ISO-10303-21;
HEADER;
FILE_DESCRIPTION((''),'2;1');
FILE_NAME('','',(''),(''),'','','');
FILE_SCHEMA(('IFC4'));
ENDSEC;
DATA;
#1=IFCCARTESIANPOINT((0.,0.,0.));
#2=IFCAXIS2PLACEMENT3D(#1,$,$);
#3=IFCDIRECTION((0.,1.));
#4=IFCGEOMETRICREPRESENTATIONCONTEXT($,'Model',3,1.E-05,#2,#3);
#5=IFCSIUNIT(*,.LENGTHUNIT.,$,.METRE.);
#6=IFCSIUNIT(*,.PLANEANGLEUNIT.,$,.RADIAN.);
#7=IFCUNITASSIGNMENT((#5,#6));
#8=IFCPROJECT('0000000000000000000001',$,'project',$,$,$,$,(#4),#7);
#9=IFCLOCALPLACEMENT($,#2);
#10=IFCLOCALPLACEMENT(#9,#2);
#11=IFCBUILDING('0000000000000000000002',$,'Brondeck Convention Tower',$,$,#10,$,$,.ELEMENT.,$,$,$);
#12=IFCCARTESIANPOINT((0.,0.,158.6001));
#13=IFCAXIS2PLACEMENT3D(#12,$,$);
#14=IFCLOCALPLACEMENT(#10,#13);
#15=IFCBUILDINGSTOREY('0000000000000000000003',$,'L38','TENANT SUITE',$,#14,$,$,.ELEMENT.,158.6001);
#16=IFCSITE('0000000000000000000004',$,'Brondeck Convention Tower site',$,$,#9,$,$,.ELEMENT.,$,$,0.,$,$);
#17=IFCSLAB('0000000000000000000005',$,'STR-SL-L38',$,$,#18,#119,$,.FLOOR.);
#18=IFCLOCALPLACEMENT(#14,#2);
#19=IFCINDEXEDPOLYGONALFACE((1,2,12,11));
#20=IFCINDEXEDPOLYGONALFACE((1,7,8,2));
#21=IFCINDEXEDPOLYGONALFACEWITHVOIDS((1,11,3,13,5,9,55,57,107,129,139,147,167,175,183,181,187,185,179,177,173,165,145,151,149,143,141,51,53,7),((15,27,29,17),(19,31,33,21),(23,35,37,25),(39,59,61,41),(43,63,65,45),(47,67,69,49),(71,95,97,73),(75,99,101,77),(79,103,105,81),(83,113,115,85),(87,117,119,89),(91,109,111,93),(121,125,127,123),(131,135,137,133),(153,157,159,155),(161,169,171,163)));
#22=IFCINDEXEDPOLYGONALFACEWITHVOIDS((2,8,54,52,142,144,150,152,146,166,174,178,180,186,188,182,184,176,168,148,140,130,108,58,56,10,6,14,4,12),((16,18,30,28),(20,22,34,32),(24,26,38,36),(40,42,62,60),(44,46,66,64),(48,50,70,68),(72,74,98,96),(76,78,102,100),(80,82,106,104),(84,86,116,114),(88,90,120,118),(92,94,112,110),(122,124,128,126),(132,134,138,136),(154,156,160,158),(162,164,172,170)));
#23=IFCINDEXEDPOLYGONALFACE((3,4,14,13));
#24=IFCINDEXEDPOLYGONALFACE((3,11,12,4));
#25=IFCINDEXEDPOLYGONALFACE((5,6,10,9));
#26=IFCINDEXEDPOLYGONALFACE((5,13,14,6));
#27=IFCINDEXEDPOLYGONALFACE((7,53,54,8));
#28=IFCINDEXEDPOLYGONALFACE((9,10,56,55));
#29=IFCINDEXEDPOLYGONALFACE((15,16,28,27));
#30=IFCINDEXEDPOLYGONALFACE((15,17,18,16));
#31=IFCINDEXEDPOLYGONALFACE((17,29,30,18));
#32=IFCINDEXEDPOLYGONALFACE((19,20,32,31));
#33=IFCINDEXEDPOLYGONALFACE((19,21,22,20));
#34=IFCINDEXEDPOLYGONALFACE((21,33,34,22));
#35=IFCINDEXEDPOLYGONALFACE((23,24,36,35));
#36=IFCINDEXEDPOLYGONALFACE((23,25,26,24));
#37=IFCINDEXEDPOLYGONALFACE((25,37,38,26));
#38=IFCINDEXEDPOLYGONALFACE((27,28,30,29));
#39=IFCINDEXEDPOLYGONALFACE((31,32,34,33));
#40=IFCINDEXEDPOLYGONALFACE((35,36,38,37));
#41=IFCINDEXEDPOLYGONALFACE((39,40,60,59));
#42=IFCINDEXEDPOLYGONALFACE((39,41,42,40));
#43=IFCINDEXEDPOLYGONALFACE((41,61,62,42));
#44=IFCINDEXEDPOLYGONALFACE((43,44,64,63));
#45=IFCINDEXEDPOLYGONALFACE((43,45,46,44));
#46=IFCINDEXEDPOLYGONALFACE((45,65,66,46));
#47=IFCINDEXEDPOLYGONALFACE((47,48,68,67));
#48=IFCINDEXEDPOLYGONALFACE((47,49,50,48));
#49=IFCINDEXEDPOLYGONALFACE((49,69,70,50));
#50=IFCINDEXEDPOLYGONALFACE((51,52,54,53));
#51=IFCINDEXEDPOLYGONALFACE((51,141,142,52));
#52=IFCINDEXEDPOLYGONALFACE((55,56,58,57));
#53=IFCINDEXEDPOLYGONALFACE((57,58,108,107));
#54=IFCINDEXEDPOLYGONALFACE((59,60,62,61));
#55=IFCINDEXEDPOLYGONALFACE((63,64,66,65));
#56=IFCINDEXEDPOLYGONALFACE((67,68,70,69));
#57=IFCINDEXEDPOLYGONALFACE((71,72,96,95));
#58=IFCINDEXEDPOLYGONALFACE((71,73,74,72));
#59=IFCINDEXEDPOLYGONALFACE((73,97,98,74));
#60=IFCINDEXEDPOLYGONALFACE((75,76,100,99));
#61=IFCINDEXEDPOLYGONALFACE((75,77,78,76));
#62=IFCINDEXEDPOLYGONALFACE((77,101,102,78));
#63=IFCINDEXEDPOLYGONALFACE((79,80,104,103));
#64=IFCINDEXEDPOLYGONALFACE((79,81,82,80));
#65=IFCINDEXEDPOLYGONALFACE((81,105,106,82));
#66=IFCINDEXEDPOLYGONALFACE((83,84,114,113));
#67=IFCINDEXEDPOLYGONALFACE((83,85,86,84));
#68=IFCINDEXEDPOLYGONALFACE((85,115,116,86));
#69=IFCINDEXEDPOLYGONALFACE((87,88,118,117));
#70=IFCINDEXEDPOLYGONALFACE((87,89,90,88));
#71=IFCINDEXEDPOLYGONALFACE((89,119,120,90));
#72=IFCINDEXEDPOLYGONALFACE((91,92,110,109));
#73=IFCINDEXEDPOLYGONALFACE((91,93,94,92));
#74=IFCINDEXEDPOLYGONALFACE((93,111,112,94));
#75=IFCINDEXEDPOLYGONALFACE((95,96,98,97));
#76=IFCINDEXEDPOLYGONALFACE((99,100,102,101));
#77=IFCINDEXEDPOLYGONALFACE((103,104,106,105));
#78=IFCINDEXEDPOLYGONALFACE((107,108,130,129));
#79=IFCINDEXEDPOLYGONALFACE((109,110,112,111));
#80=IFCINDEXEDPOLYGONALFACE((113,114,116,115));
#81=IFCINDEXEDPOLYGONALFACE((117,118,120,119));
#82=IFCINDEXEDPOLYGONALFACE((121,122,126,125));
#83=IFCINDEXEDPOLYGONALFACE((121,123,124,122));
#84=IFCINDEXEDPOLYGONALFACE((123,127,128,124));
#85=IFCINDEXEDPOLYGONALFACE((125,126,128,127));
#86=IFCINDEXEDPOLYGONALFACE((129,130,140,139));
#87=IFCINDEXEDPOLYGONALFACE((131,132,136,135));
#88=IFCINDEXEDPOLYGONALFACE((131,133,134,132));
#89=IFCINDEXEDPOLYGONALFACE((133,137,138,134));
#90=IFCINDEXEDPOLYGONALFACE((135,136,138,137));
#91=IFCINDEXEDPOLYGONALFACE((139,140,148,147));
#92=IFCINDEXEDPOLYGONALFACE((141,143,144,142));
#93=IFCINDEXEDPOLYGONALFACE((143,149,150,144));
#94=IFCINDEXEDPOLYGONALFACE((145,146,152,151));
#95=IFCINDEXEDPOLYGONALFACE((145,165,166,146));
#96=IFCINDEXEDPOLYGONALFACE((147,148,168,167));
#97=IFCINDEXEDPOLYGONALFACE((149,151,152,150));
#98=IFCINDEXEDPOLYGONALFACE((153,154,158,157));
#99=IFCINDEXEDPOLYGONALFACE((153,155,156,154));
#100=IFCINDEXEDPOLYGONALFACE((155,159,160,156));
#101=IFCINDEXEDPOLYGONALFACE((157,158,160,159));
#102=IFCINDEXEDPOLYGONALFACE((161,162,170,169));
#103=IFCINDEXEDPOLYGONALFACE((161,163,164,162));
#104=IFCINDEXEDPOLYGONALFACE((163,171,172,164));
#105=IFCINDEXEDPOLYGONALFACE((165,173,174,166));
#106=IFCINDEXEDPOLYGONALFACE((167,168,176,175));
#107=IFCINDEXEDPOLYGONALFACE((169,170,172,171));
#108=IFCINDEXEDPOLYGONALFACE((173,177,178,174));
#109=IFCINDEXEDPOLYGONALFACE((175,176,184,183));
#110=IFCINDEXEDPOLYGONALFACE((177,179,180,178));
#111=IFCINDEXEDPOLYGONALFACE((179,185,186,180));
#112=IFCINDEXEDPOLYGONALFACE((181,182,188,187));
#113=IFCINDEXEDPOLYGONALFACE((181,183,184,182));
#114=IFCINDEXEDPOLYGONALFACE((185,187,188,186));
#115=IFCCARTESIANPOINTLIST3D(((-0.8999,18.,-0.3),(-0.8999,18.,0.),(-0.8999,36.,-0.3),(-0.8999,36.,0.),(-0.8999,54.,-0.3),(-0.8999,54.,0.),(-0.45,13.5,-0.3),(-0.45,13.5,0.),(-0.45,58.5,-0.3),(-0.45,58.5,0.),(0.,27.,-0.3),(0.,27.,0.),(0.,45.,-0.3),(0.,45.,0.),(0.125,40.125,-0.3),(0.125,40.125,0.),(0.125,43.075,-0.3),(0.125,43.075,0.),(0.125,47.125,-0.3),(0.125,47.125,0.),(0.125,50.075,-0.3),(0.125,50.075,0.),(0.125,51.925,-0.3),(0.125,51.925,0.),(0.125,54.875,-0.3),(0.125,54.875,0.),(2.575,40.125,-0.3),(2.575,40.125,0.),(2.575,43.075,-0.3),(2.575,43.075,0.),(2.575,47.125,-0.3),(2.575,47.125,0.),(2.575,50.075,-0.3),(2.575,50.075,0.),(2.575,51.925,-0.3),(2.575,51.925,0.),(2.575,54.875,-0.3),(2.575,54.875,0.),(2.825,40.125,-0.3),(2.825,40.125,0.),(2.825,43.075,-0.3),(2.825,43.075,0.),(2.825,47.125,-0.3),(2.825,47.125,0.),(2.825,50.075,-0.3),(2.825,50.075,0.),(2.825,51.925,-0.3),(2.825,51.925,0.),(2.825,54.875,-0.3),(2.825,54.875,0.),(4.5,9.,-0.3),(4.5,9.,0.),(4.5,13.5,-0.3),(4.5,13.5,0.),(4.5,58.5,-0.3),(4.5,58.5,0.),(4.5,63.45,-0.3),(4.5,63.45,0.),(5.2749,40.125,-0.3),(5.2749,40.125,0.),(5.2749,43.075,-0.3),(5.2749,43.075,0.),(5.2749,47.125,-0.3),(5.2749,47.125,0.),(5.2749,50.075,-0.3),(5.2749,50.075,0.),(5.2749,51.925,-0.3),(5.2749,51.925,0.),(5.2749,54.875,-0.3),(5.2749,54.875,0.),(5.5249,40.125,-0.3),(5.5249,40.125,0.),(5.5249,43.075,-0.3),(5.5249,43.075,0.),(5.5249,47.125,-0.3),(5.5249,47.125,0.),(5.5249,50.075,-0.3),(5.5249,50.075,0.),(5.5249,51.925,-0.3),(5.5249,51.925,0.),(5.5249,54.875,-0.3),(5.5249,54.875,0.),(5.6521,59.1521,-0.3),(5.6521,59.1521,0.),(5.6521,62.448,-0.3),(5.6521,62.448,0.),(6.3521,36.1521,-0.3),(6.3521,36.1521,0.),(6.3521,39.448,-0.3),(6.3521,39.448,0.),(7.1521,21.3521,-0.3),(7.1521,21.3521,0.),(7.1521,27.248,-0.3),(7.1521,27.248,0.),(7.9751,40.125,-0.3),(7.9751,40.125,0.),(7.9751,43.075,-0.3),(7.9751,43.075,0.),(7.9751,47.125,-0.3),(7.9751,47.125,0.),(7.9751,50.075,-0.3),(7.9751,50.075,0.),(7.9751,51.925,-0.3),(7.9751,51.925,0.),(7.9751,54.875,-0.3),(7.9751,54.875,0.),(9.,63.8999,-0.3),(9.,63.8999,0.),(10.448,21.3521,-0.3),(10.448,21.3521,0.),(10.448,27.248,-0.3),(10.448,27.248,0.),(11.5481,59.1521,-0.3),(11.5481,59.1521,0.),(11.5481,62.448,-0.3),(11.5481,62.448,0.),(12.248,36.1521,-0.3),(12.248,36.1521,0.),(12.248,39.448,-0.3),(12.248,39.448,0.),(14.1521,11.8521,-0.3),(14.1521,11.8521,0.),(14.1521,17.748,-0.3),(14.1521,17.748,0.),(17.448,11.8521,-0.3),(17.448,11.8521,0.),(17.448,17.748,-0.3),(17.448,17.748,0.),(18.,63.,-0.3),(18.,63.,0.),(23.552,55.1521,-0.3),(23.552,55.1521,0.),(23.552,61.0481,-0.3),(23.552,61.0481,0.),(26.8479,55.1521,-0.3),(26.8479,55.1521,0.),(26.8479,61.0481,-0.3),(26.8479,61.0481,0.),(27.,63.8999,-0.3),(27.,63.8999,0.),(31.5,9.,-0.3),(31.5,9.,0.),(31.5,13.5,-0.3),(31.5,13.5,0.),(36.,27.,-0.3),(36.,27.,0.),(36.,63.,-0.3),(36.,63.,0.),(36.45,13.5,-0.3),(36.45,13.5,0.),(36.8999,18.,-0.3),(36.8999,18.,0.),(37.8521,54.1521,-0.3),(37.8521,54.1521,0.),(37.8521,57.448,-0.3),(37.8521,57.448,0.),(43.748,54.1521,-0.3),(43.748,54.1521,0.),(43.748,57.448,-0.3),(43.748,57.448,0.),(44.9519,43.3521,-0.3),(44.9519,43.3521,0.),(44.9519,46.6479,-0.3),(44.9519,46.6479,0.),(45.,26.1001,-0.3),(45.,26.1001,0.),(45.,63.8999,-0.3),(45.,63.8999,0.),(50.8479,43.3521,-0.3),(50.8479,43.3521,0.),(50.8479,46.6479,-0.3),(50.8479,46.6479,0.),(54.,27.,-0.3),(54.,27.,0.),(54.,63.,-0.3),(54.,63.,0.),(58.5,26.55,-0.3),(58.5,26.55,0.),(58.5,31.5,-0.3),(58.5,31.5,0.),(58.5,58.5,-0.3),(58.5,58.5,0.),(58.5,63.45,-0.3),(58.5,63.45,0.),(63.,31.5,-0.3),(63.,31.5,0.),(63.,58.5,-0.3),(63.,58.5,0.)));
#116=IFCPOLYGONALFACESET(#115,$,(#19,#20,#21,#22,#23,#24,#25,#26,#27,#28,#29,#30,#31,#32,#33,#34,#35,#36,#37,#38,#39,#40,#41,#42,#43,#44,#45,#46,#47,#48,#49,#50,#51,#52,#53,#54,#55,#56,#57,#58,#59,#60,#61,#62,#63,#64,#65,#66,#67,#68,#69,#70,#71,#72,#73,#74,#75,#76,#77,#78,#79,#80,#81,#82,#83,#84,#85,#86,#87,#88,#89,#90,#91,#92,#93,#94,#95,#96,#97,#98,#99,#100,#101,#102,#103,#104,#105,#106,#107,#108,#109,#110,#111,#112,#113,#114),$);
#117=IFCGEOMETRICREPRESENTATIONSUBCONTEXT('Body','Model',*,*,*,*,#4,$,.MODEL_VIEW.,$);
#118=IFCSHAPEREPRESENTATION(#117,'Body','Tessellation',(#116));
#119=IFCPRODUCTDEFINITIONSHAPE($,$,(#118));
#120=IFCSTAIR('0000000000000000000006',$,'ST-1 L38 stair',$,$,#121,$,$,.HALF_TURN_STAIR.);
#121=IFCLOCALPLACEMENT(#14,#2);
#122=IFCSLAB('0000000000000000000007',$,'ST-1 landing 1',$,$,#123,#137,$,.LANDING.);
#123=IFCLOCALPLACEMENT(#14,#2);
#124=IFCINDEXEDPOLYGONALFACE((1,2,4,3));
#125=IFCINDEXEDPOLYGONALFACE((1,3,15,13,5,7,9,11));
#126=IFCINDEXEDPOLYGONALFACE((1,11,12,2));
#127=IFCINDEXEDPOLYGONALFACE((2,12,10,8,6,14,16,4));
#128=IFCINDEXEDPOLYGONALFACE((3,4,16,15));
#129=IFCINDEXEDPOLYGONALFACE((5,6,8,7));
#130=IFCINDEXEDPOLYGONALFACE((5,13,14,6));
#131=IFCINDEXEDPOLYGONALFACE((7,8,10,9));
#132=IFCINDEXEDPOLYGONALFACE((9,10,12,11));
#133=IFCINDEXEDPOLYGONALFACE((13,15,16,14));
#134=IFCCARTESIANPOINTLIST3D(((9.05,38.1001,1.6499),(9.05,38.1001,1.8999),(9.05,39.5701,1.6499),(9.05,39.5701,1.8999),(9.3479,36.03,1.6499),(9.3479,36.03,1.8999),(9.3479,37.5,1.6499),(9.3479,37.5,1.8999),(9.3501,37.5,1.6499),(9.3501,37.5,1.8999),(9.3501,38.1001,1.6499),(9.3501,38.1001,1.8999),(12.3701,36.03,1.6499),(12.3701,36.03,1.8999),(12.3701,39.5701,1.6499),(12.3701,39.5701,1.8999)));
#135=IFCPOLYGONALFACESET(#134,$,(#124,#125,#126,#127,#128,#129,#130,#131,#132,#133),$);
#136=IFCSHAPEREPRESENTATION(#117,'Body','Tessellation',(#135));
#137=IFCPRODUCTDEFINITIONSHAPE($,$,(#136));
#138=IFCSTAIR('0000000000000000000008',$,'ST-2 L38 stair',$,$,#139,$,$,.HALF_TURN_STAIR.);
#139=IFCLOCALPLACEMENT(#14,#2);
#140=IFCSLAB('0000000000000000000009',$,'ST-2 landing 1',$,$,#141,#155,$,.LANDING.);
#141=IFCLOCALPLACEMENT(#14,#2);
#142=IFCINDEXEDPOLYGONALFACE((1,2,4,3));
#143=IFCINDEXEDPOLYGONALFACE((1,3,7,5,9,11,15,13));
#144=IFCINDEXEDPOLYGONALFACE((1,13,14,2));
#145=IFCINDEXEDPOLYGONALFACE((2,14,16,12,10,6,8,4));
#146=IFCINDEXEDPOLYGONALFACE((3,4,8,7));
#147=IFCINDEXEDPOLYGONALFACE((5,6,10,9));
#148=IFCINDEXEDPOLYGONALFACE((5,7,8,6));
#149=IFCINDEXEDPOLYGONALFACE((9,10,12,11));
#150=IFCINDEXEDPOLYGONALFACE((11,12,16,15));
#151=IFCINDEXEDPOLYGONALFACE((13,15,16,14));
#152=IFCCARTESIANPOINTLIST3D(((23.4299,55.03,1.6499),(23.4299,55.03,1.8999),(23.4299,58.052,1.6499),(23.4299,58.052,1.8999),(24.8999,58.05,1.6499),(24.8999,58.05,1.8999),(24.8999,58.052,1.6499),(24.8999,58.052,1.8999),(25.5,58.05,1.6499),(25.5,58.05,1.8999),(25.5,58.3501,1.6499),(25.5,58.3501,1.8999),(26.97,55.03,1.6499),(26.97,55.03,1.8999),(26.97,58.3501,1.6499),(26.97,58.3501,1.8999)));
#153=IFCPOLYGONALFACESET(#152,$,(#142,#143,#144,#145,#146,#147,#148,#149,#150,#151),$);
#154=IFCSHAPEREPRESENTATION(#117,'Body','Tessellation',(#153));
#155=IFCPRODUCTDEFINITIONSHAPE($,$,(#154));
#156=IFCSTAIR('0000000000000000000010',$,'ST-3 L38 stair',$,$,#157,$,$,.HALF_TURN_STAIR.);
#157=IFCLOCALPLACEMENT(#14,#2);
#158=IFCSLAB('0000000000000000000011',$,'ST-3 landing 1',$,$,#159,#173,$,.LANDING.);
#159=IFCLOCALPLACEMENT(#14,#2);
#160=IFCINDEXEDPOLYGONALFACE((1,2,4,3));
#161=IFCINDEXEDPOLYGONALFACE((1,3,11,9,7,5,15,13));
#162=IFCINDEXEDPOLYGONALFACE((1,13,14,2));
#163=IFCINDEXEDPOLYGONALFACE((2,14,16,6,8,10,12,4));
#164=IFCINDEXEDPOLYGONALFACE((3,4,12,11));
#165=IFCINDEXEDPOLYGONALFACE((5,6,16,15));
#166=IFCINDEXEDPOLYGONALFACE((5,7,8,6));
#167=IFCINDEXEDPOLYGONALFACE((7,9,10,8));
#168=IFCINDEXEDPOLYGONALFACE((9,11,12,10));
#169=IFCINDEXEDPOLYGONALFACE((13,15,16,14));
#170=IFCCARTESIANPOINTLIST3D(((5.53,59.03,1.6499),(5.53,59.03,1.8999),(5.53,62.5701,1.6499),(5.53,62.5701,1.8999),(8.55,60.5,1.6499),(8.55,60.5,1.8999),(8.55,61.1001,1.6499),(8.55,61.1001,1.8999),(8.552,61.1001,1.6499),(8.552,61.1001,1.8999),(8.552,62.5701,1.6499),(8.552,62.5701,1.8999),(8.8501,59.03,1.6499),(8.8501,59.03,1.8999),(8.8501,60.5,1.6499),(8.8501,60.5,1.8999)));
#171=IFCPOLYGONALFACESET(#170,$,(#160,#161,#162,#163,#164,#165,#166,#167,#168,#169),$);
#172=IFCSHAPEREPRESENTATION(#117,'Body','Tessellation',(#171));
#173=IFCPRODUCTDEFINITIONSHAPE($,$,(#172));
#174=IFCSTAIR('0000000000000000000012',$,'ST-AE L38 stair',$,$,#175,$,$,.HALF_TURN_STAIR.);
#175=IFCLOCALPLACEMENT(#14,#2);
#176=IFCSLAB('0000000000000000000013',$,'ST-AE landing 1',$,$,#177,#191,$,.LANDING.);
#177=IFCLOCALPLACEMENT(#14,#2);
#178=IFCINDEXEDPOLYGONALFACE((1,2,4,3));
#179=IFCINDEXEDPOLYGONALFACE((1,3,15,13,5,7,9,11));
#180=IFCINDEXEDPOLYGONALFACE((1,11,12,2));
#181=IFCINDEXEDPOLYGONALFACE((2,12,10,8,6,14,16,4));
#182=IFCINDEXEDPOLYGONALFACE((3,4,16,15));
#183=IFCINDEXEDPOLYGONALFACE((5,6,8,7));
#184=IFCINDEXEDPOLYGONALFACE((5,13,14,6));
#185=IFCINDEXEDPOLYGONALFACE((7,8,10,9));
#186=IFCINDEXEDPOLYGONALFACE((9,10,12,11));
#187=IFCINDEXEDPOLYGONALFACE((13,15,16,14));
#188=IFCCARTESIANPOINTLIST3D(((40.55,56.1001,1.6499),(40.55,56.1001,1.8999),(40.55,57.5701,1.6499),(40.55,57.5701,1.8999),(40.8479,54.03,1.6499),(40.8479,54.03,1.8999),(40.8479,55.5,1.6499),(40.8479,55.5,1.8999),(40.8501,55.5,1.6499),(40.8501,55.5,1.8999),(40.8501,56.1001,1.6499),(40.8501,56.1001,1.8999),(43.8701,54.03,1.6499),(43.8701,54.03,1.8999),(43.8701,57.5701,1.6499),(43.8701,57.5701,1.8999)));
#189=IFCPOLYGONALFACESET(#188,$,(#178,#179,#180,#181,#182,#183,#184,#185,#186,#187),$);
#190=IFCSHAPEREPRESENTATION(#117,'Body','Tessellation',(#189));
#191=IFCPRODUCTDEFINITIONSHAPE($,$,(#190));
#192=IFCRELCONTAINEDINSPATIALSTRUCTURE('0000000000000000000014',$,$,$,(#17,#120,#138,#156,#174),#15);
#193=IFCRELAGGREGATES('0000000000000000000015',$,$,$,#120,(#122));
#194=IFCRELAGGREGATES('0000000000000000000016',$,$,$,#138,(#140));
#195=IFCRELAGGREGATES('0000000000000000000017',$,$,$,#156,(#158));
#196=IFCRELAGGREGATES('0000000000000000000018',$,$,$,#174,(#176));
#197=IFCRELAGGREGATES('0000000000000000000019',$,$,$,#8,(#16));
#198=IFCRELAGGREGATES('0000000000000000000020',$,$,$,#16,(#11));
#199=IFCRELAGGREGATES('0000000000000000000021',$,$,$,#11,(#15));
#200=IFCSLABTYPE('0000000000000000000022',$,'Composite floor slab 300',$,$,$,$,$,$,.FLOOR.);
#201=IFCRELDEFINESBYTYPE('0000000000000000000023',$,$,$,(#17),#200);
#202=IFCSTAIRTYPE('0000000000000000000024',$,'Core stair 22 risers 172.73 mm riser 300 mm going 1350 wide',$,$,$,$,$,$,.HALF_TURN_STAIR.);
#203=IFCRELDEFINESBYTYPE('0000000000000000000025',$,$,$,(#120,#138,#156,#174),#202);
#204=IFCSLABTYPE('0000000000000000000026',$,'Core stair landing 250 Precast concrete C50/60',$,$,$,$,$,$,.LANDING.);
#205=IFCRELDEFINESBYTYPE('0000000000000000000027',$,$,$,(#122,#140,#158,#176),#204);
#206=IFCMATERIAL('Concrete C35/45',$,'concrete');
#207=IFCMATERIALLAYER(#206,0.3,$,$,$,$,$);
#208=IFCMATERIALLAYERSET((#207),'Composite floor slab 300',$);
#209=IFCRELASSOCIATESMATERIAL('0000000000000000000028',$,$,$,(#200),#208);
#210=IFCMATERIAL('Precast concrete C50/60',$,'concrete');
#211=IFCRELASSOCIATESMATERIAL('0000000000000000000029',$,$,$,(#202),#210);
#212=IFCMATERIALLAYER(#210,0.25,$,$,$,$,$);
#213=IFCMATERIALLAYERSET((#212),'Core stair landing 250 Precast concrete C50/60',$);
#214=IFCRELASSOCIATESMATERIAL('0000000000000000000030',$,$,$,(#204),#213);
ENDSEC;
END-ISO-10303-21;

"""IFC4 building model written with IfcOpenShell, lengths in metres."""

from ifc_helpers import new_model, si_unit, direction, frame, origin, place, context, subcontext, project, spatial, polyline, outline, extrude, material, layer, layer_set, type_object, element, aggregate, save


model = new_model("IFC4")

# Units and contexts
model_context = context("Model", 3, precision=1e-05, world=origin(), true_north=direction((0.0, 1.0)))
body_context = subcontext(model_context, "Body", "Model", "MODEL_VIEW")
ifc_project = project(units=[si_unit("LENGTHUNIT", "METRE"), si_unit("PLANEANGLEUNIT", "RADIAN")], contexts=[model_context])

# Site, building, storey
site_placement = place(None, origin())
site = spatial("IfcSite", under=ifc_project, at=site_placement, Name="Brondeck Convention Tower site", CompositionType="ELEMENT", RefElevation=0.0)
building_placement = place(site_placement, origin())
building = spatial("IfcBuilding", under=site, at=building_placement, Name="Brondeck Convention Tower", CompositionType="ELEMENT")
storey_placement = place(building_placement, frame((0.0, 0.0, 158.6001)))
storey = spatial("IfcBuildingStorey", under=building, at=storey_placement, Name="L38", Description="TENANT SUITE", CompositionType="ELEMENT", Elevation=158.6001)

# Slab
ifc_material_1 = material(Name="Concrete C35/45", Category="concrete")
ifc_layer_1 = layer(ifc_material_1, 0.3)
ifc_layer_set_1 = layer_set([ifc_layer_1], Name="Composite floor slab 300")
slab_type_1 = type_object("IfcSlabType", Name="Composite floor slab 300", PredefinedType="FLOOR", material=ifc_layer_set_1)
slab_1_placement = place(storey_placement, frame((0.0, 0.0, -0.3)))
element("IfcSlab", 1, at=slab_1_placement, inside=storey, type_object=slab_type_1, Name="STR-SL-L38", PredefinedType="FLOOR", context=body_context, shape_type="SweptSolid", body=[
    extrude(outline(polyline([(4.5, 13.5), (-0.45, 13.5), (-0.8999, 18.0), (0.0, 27.0), (-0.8999, 36.0), (0.0, 45.0), (-0.8999, 54.0), (-0.45, 58.5), (4.5, 58.5), (4.5, 63.45), (9.0, 63.8999), (18.0, 63.0), (27.0, 63.8999), (36.0, 63.0), (45.0, 63.8999), (54.0, 63.0), (58.5, 63.45), (58.5, 58.5), (63.0, 58.5), (63.0, 31.5), (58.5, 31.5), (58.5, 26.55), (54.0, 27.0), (45.0, 26.1001), (36.0, 27.0), (36.8999, 18.0), (36.45, 13.5), (31.5, 13.5), (31.5, 9.0), (4.5, 9.0), (4.5, 13.5)]), holes=[polyline([(2.575, 40.125), (2.575, 43.075), (0.125, 43.075), (0.125, 40.125), (2.575, 40.125)]), polyline([(5.2749, 40.125), (5.2749, 43.075), (2.825, 43.075), (2.825, 40.125), (5.2749, 40.125)]), polyline([(7.9751, 40.125), (7.9751, 43.075), (5.5249, 43.075), (5.5249, 40.125), (7.9751, 40.125)]), polyline([(2.575, 47.125), (2.575, 50.075), (0.125, 50.075), (0.125, 47.125), (2.575, 47.125)]), polyline([(5.2749, 47.125), (5.2749, 50.075), (2.825, 50.075), (2.825, 47.125), (5.2749, 47.125)]), polyline([(7.9751, 47.125), (7.9751, 50.075), (5.5249, 50.075), (5.5249, 47.125), (7.9751, 47.125)]), polyline([(2.575, 51.925), (2.575, 54.875), (0.125, 54.875), (0.125, 51.925), (2.575, 51.925)]), polyline([(5.2749, 51.925), (5.2749, 54.875), (2.825, 54.875), (2.825, 51.925), (5.2749, 51.925)]), polyline([(17.448, 17.748), (14.1521, 17.748), (14.1521, 11.8521), (17.448, 11.8521), (17.448, 17.748)]), polyline([(10.448, 27.248), (7.1521, 27.248), (7.1521, 21.3521), (10.448, 21.3521), (10.448, 27.248)]), polyline([(12.248, 36.1521), (12.248, 39.448), (6.3521, 39.448), (6.3521, 36.1521), (12.248, 36.1521)]), polyline([(50.8479, 43.3521), (50.8479, 46.6479), (44.9519, 46.6479), (44.9519, 43.3521), (50.8479, 43.3521)]), polyline([(7.9751, 51.925), (7.9751, 54.875), (5.5249, 54.875), (5.5249, 51.925), (7.9751, 51.925)]), polyline([(43.748, 54.1521), (43.748, 57.448), (37.8521, 57.448), (37.8521, 54.1521), (43.748, 54.1521)]), polyline([(23.552, 55.1521), (26.8479, 55.1521), (26.8479, 61.0481), (23.552, 61.0481), (23.552, 55.1521)]), polyline([(5.6521, 62.448), (5.6521, 59.1521), (11.5481, 59.1521), (11.5481, 62.448), (5.6521, 62.448)])]), origin(), (0.0, 0.0, 1.0), 0.3),
])

# Stairs, slabs
ifc_material_2 = material(Name="Precast concrete C50/60", Category="concrete")
stair_type = type_object("IfcStairType", Name="Core stair 22 risers 172.73 mm riser 300 mm going 1350 wide", PredefinedType="HALF_TURN_STAIR", material=ifc_material_2)
stair_1_placement = place(storey_placement, origin())
stair_1 = element("IfcStair", 2, at=stair_1_placement, inside=storey, type_object=stair_type, Name="ST-1 L38 stair", PredefinedType="HALF_TURN_STAIR")
ifc_layer_2 = layer(ifc_material_2, 0.25)
ifc_layer_set_2 = layer_set([ifc_layer_2], Name="Core stair landing 250 Precast concrete C50/60")
slab_type_2 = type_object("IfcSlabType", Name="Core stair landing 250 Precast concrete C50/60", PredefinedType="LANDING", material=ifc_layer_set_2)
slab_2_placement = place(storey_placement, frame((0.0, 0.0, 1.6499)))
slab_2 = element("IfcSlab", 3, at=slab_2_placement, type_object=slab_type_2, Name="ST-1 landing 1", PredefinedType="LANDING", context=body_context, shape_type="SweptSolid", body=[
    extrude(outline(polyline([(9.3479, 37.5), (9.3501, 37.5), (9.3501, 38.1001), (9.05, 38.1001), (9.05, 39.5701), (12.3701, 39.5701), (12.3701, 36.03), (9.3479, 36.03), (9.3479, 37.5)])), origin(), (0.0, 0.0, 1.0), 0.25),
])
aggregate(stair_1, [slab_2])
stair_2_placement = place(storey_placement, origin())
stair_2 = element("IfcStair", 4, at=stair_2_placement, inside=storey, type_object=stair_type, Name="ST-2 L38 stair", PredefinedType="HALF_TURN_STAIR")
slab_3_placement = place(storey_placement, frame((0.0, 0.0, 1.6499)))
slab_3 = element("IfcSlab", 5, at=slab_3_placement, type_object=slab_type_2, Name="ST-2 landing 1", PredefinedType="LANDING", context=body_context, shape_type="SweptSolid", body=[
    extrude(outline(polyline([(23.4299, 58.052), (24.8999, 58.052), (24.8999, 58.05), (25.5, 58.05), (25.5, 58.3501), (26.97, 58.3501), (26.97, 55.03), (23.4299, 55.03), (23.4299, 58.052)])), origin(), (0.0, 0.0, 1.0), 0.25),
])
aggregate(stair_2, [slab_3])
stair_3_placement = place(storey_placement, origin())
stair_3 = element("IfcStair", 6, at=stair_3_placement, inside=storey, type_object=stair_type, Name="ST-3 L38 stair", PredefinedType="HALF_TURN_STAIR")
slab_4_placement = place(storey_placement, frame((0.0, 0.0, 1.6499)))
slab_4 = element("IfcSlab", 7, at=slab_4_placement, type_object=slab_type_2, Name="ST-3 landing 1", PredefinedType="LANDING", context=body_context, shape_type="SweptSolid", body=[
    extrude(outline(polyline([(8.8501, 60.5), (8.8501, 59.03), (5.53, 59.03), (5.53, 62.5701), (8.552, 62.5701), (8.552, 61.1001), (8.55, 61.1001), (8.55, 60.5), (8.8501, 60.5)])), origin(), (0.0, 0.0, 1.0), 0.25),
])
aggregate(stair_3, [slab_4])
stair_4_placement = place(storey_placement, origin())
stair_4 = element("IfcStair", 8, at=stair_4_placement, inside=storey, type_object=stair_type, Name="ST-AE L38 stair", PredefinedType="HALF_TURN_STAIR")
slab_5_placement = place(storey_placement, frame((0.0, 0.0, 1.6499)))
slab_5 = element("IfcSlab", 9, at=slab_5_placement, type_object=slab_type_2, Name="ST-AE landing 1", PredefinedType="LANDING", context=body_context, shape_type="SweptSolid", body=[
    extrude(outline(polyline([(40.8479, 55.5), (40.8501, 55.5), (40.8501, 56.1001), (40.55, 56.1001), (40.55, 57.5701), (43.8701, 57.5701), (43.8701, 54.03), (40.8479, 54.03), (40.8479, 55.5)])), origin(), (0.0, 0.0, 1.0), 0.25),
])
aggregate(stair_4, [slab_5])

save(model, "model.ifc")
